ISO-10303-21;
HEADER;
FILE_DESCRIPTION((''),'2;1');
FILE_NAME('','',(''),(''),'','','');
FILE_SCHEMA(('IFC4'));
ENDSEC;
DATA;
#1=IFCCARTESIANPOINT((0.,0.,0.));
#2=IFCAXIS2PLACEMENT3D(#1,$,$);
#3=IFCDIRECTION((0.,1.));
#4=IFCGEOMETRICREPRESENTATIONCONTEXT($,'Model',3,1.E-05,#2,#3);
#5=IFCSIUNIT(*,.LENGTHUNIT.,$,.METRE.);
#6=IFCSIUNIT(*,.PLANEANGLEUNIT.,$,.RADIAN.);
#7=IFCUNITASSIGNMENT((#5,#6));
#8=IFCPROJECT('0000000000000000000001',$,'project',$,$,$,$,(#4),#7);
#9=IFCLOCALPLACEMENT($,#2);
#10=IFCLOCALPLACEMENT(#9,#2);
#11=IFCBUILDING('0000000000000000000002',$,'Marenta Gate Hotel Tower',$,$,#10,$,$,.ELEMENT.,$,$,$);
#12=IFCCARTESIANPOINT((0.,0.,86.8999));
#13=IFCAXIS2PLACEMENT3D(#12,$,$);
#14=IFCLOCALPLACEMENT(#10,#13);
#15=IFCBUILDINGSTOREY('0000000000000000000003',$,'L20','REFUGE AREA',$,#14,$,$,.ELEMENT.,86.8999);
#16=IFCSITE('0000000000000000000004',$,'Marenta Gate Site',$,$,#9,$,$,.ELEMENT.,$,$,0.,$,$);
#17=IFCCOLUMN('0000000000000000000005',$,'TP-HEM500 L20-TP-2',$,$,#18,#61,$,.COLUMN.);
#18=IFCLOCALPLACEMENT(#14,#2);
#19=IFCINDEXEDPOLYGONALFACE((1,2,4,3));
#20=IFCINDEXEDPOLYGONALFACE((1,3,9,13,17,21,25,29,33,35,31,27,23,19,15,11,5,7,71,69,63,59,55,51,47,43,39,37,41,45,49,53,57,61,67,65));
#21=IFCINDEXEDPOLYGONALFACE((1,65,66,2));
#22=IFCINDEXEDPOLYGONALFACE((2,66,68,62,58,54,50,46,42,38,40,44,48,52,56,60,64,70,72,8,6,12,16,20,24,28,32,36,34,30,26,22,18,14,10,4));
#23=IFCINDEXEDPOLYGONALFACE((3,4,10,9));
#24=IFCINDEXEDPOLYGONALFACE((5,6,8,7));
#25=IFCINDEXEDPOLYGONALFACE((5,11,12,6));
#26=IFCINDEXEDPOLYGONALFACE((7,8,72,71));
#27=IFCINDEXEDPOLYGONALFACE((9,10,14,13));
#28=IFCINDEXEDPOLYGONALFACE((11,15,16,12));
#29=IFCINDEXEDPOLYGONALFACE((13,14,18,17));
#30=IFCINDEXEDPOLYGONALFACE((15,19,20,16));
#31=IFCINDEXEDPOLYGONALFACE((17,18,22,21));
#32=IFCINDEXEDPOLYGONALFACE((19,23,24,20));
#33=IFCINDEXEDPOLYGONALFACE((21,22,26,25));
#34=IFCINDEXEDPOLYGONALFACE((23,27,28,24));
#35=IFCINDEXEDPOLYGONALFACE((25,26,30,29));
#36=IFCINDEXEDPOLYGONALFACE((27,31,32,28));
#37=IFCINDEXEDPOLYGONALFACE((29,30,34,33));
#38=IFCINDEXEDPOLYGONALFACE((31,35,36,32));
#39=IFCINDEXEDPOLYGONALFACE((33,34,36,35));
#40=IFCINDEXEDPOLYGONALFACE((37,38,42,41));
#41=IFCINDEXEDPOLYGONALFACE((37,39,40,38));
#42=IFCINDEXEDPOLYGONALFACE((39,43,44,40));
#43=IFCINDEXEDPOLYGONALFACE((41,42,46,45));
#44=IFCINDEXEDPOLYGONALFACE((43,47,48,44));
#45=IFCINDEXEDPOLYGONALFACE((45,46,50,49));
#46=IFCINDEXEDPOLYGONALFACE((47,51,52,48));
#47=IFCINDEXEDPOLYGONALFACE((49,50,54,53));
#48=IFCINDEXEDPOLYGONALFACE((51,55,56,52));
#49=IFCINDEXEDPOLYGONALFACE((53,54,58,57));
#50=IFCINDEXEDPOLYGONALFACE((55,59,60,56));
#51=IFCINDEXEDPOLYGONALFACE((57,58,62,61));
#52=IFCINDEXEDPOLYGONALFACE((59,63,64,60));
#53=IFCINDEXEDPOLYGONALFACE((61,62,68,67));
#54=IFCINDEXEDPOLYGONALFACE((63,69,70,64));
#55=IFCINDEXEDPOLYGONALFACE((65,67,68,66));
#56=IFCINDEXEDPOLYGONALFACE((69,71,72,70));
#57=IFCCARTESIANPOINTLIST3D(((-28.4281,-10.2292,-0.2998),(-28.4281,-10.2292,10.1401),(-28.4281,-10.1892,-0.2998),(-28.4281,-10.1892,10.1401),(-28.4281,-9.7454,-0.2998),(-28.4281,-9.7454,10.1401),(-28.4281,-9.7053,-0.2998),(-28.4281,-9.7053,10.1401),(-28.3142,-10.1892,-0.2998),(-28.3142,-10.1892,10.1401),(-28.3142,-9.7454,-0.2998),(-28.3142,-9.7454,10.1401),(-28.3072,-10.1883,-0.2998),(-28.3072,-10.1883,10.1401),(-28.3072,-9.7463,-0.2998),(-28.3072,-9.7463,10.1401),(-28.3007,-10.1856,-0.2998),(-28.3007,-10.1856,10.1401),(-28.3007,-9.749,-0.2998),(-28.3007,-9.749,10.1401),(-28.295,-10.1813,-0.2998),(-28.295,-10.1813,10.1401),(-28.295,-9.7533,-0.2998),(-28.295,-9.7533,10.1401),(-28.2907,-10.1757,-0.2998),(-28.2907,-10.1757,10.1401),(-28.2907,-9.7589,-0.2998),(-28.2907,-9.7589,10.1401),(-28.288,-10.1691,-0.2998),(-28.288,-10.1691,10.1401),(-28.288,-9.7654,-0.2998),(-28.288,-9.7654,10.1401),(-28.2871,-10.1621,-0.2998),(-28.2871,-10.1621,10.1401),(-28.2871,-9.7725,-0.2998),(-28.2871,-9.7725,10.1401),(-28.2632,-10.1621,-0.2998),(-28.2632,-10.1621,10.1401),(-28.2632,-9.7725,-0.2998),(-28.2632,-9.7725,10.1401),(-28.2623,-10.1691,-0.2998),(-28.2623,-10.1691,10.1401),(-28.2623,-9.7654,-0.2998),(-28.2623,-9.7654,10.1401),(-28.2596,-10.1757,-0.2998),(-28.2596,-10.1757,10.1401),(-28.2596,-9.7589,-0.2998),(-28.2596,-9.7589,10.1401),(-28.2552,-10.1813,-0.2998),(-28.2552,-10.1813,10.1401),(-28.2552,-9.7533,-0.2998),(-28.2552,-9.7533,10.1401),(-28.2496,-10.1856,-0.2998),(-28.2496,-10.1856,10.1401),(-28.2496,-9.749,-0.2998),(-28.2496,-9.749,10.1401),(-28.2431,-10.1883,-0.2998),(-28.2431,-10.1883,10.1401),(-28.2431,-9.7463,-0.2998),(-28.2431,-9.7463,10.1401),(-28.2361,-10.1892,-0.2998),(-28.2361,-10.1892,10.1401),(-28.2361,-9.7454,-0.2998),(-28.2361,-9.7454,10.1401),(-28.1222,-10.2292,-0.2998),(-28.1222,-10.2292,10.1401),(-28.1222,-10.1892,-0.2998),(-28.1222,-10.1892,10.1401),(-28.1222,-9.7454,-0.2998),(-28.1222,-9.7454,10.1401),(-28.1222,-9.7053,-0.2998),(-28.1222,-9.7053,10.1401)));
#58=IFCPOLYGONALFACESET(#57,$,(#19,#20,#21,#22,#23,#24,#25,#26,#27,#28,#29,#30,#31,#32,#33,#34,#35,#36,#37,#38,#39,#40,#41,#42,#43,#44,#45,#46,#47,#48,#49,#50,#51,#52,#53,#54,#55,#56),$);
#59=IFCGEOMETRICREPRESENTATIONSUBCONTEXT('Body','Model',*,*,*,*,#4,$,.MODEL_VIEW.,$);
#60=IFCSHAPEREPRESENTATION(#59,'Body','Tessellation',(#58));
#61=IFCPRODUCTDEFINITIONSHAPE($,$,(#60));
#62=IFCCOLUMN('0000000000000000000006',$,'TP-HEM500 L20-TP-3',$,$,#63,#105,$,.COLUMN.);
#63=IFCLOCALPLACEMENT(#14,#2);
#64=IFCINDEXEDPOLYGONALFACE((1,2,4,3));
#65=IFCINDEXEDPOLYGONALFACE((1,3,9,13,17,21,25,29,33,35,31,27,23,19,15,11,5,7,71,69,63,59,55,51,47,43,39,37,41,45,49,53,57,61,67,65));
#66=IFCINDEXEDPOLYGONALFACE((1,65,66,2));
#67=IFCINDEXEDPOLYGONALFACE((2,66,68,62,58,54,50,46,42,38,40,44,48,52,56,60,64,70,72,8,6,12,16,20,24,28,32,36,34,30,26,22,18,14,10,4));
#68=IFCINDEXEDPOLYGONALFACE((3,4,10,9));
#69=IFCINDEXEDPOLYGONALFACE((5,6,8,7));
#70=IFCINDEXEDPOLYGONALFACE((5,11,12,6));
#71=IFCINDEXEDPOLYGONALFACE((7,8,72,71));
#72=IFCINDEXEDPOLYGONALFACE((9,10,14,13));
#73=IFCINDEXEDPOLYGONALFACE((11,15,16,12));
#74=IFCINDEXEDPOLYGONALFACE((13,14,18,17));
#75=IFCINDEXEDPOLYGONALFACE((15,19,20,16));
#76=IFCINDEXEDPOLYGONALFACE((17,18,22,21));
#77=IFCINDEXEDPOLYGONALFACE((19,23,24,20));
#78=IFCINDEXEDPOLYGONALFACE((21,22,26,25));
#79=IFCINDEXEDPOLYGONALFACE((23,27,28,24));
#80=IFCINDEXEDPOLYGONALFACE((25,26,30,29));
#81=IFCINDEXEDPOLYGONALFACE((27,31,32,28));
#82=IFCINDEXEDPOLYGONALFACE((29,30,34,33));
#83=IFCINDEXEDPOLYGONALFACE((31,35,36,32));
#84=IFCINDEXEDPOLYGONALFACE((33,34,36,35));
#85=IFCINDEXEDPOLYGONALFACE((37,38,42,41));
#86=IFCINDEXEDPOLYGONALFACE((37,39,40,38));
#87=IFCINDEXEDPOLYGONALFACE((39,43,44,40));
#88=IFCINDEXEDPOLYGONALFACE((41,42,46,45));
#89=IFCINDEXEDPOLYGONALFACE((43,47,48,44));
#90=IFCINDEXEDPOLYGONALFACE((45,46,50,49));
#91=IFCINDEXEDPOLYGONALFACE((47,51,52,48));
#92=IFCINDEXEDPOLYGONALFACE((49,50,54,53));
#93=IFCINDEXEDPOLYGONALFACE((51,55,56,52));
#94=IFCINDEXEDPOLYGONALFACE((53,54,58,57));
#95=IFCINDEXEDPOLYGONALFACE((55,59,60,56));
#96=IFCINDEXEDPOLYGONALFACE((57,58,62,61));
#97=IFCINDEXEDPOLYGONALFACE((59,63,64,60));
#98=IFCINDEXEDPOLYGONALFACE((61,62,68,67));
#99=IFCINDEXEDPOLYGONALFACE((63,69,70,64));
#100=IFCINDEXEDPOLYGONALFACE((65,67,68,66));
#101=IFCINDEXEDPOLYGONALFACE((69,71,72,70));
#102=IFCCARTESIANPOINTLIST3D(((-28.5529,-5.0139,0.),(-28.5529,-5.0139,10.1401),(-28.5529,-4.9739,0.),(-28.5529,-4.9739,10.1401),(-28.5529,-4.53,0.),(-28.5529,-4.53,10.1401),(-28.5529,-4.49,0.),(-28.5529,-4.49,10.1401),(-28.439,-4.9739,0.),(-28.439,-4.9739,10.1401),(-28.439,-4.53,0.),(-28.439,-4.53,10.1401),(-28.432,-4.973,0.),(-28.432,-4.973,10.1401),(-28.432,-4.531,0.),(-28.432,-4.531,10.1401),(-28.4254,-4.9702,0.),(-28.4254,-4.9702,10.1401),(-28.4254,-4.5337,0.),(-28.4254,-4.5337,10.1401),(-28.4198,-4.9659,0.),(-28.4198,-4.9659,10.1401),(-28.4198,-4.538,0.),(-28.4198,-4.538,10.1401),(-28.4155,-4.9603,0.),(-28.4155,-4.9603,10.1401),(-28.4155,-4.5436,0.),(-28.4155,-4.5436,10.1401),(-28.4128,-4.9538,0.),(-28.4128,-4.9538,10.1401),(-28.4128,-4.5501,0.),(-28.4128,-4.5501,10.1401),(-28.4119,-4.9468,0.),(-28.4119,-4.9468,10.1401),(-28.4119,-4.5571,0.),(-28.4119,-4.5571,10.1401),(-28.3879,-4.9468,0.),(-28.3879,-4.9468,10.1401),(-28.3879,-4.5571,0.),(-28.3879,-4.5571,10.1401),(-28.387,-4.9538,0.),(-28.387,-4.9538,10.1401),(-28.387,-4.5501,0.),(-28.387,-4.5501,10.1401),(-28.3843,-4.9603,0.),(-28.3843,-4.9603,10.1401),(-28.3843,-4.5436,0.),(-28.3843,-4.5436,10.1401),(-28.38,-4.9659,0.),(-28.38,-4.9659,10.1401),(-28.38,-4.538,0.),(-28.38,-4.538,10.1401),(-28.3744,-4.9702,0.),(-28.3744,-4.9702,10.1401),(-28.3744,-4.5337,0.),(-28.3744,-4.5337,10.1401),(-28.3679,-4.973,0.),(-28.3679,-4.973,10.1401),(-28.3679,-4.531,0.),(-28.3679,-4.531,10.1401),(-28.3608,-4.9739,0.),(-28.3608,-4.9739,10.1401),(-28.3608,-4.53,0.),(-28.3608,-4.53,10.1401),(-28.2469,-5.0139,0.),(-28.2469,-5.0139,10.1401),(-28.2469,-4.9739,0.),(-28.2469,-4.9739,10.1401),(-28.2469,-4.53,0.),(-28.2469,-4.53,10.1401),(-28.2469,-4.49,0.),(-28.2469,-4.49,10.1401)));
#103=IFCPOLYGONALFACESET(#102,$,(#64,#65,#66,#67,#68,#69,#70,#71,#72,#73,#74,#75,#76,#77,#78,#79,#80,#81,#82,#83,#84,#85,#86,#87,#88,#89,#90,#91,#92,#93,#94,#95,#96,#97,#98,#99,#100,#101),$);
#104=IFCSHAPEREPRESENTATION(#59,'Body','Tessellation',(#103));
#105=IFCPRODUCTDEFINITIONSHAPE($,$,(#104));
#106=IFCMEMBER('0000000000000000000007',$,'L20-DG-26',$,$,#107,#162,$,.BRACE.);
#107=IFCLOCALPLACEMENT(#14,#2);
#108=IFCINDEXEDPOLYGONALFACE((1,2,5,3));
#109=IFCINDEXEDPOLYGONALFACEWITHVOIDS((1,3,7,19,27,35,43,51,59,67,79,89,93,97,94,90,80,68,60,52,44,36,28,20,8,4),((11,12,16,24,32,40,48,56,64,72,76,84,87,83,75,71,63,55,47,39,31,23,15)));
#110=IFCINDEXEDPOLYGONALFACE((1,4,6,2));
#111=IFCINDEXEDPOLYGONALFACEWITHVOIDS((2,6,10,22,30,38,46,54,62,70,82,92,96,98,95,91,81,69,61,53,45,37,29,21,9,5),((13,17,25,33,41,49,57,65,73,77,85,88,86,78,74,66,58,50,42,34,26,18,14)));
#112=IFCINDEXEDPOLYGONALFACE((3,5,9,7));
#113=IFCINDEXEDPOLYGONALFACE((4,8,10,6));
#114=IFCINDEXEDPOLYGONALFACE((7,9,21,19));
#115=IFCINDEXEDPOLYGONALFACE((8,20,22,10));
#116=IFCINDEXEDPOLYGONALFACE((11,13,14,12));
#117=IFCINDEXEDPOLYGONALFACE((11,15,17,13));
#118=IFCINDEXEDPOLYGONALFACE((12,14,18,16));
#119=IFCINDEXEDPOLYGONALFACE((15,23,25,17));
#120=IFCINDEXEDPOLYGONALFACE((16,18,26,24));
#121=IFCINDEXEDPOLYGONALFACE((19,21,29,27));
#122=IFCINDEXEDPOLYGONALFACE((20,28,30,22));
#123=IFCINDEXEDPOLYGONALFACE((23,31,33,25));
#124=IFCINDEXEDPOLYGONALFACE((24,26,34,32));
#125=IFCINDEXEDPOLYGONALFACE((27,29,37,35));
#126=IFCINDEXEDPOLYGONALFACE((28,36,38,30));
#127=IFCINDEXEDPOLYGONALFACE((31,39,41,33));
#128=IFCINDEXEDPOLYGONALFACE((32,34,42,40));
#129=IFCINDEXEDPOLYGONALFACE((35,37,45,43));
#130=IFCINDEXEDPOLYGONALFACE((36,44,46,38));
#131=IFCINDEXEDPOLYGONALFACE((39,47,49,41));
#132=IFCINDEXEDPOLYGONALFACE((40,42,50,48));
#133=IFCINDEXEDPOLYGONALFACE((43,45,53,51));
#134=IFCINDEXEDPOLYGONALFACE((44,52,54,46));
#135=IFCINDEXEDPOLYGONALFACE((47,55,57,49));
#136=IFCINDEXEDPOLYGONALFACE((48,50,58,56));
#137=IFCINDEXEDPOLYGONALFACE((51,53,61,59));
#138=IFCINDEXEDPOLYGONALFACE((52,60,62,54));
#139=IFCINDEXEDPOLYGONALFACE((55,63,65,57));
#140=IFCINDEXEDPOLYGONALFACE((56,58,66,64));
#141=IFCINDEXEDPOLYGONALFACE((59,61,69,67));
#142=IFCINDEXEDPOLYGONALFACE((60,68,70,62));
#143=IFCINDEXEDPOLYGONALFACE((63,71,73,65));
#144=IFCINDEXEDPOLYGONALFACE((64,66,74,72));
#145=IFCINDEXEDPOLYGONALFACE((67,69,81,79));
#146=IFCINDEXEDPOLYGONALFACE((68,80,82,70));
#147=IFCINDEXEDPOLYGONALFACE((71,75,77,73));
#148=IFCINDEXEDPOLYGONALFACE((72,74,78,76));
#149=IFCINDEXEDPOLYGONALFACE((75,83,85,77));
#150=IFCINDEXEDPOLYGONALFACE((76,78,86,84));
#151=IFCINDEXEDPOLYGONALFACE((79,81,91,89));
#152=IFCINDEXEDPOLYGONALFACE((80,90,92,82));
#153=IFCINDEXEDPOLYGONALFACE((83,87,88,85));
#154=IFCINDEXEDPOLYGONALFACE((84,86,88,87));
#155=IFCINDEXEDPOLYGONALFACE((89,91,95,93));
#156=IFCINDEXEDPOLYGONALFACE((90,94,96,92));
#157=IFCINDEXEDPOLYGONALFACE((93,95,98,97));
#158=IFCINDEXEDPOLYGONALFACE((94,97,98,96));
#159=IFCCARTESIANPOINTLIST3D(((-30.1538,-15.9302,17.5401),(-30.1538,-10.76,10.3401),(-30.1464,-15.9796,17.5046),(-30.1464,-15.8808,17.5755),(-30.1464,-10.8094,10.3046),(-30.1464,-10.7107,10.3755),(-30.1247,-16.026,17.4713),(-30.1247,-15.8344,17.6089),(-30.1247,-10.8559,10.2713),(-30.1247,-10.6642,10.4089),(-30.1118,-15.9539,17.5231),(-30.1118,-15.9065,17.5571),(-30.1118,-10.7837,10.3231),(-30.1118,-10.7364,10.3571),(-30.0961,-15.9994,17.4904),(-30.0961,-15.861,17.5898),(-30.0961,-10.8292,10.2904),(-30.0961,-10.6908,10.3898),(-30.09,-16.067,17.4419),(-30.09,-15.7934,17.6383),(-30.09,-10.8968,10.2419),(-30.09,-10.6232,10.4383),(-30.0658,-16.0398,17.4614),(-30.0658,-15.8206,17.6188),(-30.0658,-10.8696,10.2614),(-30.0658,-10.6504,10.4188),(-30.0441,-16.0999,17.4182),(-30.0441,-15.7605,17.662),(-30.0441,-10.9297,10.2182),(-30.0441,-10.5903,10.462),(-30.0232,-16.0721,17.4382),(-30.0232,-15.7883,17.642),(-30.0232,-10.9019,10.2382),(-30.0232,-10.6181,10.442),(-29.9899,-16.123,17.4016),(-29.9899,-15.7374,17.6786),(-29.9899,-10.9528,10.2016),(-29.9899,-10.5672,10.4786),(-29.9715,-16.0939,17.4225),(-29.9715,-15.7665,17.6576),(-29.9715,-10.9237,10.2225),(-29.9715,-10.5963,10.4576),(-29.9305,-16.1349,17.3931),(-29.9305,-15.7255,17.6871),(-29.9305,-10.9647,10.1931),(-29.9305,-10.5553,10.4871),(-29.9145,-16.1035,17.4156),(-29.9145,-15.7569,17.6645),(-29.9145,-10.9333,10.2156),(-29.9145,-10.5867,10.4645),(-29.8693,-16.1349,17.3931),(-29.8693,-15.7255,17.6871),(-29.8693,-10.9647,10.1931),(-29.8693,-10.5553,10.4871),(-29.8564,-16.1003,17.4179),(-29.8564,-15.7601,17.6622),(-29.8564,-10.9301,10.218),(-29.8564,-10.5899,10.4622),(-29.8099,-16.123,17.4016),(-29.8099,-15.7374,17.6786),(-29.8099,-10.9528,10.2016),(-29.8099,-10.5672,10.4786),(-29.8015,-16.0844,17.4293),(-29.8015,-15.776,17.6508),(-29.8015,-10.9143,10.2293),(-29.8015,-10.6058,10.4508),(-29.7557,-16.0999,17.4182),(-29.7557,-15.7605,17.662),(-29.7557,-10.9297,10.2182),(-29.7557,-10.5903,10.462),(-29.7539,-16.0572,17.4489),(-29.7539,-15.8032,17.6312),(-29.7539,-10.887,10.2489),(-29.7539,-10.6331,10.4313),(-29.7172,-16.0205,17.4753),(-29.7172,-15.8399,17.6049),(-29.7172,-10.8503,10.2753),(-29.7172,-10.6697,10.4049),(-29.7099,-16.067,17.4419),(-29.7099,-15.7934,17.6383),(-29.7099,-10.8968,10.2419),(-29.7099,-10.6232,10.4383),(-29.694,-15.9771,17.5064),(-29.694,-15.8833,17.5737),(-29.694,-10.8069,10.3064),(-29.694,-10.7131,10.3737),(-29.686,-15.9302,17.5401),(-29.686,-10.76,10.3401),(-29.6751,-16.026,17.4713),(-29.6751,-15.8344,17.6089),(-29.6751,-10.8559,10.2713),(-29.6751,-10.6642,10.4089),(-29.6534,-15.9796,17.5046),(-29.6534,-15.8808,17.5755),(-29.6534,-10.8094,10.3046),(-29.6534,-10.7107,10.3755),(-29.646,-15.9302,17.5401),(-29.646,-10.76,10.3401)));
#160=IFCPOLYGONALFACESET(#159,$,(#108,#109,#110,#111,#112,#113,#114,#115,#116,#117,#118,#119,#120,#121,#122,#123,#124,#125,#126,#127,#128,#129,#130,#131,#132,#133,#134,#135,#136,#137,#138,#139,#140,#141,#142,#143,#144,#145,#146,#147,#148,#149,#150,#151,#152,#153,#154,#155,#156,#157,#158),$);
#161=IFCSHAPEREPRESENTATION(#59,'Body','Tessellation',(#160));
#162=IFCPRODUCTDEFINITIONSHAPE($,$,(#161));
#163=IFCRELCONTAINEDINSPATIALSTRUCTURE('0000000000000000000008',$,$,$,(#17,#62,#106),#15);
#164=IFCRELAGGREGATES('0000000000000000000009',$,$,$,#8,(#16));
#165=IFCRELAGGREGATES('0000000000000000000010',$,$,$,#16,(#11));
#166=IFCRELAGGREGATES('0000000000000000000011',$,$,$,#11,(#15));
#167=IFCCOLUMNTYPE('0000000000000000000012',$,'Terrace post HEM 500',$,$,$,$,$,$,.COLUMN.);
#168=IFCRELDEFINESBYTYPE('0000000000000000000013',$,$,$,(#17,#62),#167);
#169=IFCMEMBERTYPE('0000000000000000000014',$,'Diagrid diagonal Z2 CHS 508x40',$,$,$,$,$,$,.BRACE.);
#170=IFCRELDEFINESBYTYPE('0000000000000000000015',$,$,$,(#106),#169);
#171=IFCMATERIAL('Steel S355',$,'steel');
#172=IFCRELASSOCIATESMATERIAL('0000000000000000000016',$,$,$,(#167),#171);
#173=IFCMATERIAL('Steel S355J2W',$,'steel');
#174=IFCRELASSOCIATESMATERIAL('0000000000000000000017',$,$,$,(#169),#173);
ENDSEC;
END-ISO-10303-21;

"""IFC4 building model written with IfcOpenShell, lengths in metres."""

from ifc_helpers import new_model, si_unit, direction, frame, origin, origin_2d, place, context, subcontext, project, spatial, hollow_circle, i_section, extrude, material, material_profile, profile_set, type_object, element, save


model = new_model("IFC4")

# Units and contexts
model_context = context("Model", 3, precision=1e-05, world=origin(), true_north=direction((0.0, 1.0)))
body_context = subcontext(model_context, "Body", "Model", "MODEL_VIEW")
ifc_project = project(units=[si_unit("LENGTHUNIT", "METRE"), si_unit("PLANEANGLEUNIT", "RADIAN")], contexts=[model_context])

# Site, building, storey
site_placement = place(None, origin())
site = spatial("IfcSite", under=ifc_project, at=site_placement, Name="Marenta Gate Site", CompositionType="ELEMENT", RefElevation=0.0)
building_placement = place(site_placement, origin())
building = spatial("IfcBuilding", under=site, at=building_placement, Name="Marenta Gate Hotel Tower", CompositionType="ELEMENT")
storey_placement = place(building_placement, frame((0.0, 0.0, 86.8999)))
storey = spatial("IfcBuildingStorey", under=building, at=storey_placement, Name="L20", Description="REFUGE AREA", CompositionType="ELEMENT", Elevation=86.8999)

# Columns
ifc_material_1 = material(Name="Steel S355", Category="steel")
ifc_material_profile_1 = material_profile(ifc_material_1, i_section(OverallWidth=0.3059, OverallDepth=0.5239, WebThickness=0.0239, FlangeThickness=0.04, FilletRadius=0.0271, at=origin_2d()), Name="HEM 500")
ifc_profile_set_1 = profile_set([ifc_material_profile_1], Name="Steel S355")
column_type = type_object("IfcColumnType", Name="Terrace post HEM 500", PredefinedType="COLUMN", material=ifc_profile_set_1)
column_1_placement = place(storey_placement, frame((-28.2751, -9.9673, -0.2998), z_axis=(0.0, 0.0, 1.0), x_axis=(1.0, 0.0, 0.0)))
element("IfcColumn", 1, at=column_1_placement, inside=storey, type_object=column_type, Name="TP-HEM500 L20-TP-2", PredefinedType="COLUMN", context=body_context, shape_type="SweptSolid", body=[
    extrude(i_section(OverallWidth=0.3059, OverallDepth=0.5239, WebThickness=0.0239, FlangeThickness=0.04, FilletRadius=0.0271, at=origin_2d()), origin(), (0.0, 0.0, 1.0), 10.4399),
])
column_2_placement = place(storey_placement, frame((-28.3999, -4.752, 0.0), z_axis=(0.0, 0.0, 1.0), x_axis=(1.0, 0.0, 0.0)))
element("IfcColumn", 2, at=column_2_placement, inside=storey, type_object=column_type, Name="TP-HEM500 L20-TP-3", PredefinedType="COLUMN", context=body_context, shape_type="SweptSolid", body=[
    extrude(i_section(OverallWidth=0.3059, OverallDepth=0.5239, WebThickness=0.0239, FlangeThickness=0.04, FilletRadius=0.0271, at=origin_2d()), origin(), (0.0, 0.0, 1.0), 10.1401),
])

# Member
ifc_material_2 = material(Name="Steel S355J2W", Category="steel")
ifc_material_profile_2 = material_profile(ifc_material_2, hollow_circle(Radius=0.2539, WallThickness=0.04, at=origin_2d()), Name="CHS 508x40")
ifc_profile_set_2 = profile_set([ifc_material_profile_2], Name="Steel S355J2W")
member_type_1 = type_object("IfcMemberType", Name="Diagrid diagonal Z2 CHS 508x40", PredefinedType="BRACE", material=ifc_profile_set_2)
member_1_placement = place(storey_placement, frame((-29.8999, -10.76, 10.3401), z_axis=(0.0, -0.583279, 0.812272), x_axis=(1.0, 0.0, 0.0)))
element("IfcMember", 3, at=member_1_placement, inside=storey, type_object=member_type_1, Name="L20-DG-26", PredefinedType="BRACE", context=body_context, shape_type="SweptSolid", body=[
    extrude(hollow_circle(Radius=0.2539, WallThickness=0.04, at=origin_2d()), origin(), (0.0, 0.0, 1.0), 8.864),
])

save(model, "model.ifc")
